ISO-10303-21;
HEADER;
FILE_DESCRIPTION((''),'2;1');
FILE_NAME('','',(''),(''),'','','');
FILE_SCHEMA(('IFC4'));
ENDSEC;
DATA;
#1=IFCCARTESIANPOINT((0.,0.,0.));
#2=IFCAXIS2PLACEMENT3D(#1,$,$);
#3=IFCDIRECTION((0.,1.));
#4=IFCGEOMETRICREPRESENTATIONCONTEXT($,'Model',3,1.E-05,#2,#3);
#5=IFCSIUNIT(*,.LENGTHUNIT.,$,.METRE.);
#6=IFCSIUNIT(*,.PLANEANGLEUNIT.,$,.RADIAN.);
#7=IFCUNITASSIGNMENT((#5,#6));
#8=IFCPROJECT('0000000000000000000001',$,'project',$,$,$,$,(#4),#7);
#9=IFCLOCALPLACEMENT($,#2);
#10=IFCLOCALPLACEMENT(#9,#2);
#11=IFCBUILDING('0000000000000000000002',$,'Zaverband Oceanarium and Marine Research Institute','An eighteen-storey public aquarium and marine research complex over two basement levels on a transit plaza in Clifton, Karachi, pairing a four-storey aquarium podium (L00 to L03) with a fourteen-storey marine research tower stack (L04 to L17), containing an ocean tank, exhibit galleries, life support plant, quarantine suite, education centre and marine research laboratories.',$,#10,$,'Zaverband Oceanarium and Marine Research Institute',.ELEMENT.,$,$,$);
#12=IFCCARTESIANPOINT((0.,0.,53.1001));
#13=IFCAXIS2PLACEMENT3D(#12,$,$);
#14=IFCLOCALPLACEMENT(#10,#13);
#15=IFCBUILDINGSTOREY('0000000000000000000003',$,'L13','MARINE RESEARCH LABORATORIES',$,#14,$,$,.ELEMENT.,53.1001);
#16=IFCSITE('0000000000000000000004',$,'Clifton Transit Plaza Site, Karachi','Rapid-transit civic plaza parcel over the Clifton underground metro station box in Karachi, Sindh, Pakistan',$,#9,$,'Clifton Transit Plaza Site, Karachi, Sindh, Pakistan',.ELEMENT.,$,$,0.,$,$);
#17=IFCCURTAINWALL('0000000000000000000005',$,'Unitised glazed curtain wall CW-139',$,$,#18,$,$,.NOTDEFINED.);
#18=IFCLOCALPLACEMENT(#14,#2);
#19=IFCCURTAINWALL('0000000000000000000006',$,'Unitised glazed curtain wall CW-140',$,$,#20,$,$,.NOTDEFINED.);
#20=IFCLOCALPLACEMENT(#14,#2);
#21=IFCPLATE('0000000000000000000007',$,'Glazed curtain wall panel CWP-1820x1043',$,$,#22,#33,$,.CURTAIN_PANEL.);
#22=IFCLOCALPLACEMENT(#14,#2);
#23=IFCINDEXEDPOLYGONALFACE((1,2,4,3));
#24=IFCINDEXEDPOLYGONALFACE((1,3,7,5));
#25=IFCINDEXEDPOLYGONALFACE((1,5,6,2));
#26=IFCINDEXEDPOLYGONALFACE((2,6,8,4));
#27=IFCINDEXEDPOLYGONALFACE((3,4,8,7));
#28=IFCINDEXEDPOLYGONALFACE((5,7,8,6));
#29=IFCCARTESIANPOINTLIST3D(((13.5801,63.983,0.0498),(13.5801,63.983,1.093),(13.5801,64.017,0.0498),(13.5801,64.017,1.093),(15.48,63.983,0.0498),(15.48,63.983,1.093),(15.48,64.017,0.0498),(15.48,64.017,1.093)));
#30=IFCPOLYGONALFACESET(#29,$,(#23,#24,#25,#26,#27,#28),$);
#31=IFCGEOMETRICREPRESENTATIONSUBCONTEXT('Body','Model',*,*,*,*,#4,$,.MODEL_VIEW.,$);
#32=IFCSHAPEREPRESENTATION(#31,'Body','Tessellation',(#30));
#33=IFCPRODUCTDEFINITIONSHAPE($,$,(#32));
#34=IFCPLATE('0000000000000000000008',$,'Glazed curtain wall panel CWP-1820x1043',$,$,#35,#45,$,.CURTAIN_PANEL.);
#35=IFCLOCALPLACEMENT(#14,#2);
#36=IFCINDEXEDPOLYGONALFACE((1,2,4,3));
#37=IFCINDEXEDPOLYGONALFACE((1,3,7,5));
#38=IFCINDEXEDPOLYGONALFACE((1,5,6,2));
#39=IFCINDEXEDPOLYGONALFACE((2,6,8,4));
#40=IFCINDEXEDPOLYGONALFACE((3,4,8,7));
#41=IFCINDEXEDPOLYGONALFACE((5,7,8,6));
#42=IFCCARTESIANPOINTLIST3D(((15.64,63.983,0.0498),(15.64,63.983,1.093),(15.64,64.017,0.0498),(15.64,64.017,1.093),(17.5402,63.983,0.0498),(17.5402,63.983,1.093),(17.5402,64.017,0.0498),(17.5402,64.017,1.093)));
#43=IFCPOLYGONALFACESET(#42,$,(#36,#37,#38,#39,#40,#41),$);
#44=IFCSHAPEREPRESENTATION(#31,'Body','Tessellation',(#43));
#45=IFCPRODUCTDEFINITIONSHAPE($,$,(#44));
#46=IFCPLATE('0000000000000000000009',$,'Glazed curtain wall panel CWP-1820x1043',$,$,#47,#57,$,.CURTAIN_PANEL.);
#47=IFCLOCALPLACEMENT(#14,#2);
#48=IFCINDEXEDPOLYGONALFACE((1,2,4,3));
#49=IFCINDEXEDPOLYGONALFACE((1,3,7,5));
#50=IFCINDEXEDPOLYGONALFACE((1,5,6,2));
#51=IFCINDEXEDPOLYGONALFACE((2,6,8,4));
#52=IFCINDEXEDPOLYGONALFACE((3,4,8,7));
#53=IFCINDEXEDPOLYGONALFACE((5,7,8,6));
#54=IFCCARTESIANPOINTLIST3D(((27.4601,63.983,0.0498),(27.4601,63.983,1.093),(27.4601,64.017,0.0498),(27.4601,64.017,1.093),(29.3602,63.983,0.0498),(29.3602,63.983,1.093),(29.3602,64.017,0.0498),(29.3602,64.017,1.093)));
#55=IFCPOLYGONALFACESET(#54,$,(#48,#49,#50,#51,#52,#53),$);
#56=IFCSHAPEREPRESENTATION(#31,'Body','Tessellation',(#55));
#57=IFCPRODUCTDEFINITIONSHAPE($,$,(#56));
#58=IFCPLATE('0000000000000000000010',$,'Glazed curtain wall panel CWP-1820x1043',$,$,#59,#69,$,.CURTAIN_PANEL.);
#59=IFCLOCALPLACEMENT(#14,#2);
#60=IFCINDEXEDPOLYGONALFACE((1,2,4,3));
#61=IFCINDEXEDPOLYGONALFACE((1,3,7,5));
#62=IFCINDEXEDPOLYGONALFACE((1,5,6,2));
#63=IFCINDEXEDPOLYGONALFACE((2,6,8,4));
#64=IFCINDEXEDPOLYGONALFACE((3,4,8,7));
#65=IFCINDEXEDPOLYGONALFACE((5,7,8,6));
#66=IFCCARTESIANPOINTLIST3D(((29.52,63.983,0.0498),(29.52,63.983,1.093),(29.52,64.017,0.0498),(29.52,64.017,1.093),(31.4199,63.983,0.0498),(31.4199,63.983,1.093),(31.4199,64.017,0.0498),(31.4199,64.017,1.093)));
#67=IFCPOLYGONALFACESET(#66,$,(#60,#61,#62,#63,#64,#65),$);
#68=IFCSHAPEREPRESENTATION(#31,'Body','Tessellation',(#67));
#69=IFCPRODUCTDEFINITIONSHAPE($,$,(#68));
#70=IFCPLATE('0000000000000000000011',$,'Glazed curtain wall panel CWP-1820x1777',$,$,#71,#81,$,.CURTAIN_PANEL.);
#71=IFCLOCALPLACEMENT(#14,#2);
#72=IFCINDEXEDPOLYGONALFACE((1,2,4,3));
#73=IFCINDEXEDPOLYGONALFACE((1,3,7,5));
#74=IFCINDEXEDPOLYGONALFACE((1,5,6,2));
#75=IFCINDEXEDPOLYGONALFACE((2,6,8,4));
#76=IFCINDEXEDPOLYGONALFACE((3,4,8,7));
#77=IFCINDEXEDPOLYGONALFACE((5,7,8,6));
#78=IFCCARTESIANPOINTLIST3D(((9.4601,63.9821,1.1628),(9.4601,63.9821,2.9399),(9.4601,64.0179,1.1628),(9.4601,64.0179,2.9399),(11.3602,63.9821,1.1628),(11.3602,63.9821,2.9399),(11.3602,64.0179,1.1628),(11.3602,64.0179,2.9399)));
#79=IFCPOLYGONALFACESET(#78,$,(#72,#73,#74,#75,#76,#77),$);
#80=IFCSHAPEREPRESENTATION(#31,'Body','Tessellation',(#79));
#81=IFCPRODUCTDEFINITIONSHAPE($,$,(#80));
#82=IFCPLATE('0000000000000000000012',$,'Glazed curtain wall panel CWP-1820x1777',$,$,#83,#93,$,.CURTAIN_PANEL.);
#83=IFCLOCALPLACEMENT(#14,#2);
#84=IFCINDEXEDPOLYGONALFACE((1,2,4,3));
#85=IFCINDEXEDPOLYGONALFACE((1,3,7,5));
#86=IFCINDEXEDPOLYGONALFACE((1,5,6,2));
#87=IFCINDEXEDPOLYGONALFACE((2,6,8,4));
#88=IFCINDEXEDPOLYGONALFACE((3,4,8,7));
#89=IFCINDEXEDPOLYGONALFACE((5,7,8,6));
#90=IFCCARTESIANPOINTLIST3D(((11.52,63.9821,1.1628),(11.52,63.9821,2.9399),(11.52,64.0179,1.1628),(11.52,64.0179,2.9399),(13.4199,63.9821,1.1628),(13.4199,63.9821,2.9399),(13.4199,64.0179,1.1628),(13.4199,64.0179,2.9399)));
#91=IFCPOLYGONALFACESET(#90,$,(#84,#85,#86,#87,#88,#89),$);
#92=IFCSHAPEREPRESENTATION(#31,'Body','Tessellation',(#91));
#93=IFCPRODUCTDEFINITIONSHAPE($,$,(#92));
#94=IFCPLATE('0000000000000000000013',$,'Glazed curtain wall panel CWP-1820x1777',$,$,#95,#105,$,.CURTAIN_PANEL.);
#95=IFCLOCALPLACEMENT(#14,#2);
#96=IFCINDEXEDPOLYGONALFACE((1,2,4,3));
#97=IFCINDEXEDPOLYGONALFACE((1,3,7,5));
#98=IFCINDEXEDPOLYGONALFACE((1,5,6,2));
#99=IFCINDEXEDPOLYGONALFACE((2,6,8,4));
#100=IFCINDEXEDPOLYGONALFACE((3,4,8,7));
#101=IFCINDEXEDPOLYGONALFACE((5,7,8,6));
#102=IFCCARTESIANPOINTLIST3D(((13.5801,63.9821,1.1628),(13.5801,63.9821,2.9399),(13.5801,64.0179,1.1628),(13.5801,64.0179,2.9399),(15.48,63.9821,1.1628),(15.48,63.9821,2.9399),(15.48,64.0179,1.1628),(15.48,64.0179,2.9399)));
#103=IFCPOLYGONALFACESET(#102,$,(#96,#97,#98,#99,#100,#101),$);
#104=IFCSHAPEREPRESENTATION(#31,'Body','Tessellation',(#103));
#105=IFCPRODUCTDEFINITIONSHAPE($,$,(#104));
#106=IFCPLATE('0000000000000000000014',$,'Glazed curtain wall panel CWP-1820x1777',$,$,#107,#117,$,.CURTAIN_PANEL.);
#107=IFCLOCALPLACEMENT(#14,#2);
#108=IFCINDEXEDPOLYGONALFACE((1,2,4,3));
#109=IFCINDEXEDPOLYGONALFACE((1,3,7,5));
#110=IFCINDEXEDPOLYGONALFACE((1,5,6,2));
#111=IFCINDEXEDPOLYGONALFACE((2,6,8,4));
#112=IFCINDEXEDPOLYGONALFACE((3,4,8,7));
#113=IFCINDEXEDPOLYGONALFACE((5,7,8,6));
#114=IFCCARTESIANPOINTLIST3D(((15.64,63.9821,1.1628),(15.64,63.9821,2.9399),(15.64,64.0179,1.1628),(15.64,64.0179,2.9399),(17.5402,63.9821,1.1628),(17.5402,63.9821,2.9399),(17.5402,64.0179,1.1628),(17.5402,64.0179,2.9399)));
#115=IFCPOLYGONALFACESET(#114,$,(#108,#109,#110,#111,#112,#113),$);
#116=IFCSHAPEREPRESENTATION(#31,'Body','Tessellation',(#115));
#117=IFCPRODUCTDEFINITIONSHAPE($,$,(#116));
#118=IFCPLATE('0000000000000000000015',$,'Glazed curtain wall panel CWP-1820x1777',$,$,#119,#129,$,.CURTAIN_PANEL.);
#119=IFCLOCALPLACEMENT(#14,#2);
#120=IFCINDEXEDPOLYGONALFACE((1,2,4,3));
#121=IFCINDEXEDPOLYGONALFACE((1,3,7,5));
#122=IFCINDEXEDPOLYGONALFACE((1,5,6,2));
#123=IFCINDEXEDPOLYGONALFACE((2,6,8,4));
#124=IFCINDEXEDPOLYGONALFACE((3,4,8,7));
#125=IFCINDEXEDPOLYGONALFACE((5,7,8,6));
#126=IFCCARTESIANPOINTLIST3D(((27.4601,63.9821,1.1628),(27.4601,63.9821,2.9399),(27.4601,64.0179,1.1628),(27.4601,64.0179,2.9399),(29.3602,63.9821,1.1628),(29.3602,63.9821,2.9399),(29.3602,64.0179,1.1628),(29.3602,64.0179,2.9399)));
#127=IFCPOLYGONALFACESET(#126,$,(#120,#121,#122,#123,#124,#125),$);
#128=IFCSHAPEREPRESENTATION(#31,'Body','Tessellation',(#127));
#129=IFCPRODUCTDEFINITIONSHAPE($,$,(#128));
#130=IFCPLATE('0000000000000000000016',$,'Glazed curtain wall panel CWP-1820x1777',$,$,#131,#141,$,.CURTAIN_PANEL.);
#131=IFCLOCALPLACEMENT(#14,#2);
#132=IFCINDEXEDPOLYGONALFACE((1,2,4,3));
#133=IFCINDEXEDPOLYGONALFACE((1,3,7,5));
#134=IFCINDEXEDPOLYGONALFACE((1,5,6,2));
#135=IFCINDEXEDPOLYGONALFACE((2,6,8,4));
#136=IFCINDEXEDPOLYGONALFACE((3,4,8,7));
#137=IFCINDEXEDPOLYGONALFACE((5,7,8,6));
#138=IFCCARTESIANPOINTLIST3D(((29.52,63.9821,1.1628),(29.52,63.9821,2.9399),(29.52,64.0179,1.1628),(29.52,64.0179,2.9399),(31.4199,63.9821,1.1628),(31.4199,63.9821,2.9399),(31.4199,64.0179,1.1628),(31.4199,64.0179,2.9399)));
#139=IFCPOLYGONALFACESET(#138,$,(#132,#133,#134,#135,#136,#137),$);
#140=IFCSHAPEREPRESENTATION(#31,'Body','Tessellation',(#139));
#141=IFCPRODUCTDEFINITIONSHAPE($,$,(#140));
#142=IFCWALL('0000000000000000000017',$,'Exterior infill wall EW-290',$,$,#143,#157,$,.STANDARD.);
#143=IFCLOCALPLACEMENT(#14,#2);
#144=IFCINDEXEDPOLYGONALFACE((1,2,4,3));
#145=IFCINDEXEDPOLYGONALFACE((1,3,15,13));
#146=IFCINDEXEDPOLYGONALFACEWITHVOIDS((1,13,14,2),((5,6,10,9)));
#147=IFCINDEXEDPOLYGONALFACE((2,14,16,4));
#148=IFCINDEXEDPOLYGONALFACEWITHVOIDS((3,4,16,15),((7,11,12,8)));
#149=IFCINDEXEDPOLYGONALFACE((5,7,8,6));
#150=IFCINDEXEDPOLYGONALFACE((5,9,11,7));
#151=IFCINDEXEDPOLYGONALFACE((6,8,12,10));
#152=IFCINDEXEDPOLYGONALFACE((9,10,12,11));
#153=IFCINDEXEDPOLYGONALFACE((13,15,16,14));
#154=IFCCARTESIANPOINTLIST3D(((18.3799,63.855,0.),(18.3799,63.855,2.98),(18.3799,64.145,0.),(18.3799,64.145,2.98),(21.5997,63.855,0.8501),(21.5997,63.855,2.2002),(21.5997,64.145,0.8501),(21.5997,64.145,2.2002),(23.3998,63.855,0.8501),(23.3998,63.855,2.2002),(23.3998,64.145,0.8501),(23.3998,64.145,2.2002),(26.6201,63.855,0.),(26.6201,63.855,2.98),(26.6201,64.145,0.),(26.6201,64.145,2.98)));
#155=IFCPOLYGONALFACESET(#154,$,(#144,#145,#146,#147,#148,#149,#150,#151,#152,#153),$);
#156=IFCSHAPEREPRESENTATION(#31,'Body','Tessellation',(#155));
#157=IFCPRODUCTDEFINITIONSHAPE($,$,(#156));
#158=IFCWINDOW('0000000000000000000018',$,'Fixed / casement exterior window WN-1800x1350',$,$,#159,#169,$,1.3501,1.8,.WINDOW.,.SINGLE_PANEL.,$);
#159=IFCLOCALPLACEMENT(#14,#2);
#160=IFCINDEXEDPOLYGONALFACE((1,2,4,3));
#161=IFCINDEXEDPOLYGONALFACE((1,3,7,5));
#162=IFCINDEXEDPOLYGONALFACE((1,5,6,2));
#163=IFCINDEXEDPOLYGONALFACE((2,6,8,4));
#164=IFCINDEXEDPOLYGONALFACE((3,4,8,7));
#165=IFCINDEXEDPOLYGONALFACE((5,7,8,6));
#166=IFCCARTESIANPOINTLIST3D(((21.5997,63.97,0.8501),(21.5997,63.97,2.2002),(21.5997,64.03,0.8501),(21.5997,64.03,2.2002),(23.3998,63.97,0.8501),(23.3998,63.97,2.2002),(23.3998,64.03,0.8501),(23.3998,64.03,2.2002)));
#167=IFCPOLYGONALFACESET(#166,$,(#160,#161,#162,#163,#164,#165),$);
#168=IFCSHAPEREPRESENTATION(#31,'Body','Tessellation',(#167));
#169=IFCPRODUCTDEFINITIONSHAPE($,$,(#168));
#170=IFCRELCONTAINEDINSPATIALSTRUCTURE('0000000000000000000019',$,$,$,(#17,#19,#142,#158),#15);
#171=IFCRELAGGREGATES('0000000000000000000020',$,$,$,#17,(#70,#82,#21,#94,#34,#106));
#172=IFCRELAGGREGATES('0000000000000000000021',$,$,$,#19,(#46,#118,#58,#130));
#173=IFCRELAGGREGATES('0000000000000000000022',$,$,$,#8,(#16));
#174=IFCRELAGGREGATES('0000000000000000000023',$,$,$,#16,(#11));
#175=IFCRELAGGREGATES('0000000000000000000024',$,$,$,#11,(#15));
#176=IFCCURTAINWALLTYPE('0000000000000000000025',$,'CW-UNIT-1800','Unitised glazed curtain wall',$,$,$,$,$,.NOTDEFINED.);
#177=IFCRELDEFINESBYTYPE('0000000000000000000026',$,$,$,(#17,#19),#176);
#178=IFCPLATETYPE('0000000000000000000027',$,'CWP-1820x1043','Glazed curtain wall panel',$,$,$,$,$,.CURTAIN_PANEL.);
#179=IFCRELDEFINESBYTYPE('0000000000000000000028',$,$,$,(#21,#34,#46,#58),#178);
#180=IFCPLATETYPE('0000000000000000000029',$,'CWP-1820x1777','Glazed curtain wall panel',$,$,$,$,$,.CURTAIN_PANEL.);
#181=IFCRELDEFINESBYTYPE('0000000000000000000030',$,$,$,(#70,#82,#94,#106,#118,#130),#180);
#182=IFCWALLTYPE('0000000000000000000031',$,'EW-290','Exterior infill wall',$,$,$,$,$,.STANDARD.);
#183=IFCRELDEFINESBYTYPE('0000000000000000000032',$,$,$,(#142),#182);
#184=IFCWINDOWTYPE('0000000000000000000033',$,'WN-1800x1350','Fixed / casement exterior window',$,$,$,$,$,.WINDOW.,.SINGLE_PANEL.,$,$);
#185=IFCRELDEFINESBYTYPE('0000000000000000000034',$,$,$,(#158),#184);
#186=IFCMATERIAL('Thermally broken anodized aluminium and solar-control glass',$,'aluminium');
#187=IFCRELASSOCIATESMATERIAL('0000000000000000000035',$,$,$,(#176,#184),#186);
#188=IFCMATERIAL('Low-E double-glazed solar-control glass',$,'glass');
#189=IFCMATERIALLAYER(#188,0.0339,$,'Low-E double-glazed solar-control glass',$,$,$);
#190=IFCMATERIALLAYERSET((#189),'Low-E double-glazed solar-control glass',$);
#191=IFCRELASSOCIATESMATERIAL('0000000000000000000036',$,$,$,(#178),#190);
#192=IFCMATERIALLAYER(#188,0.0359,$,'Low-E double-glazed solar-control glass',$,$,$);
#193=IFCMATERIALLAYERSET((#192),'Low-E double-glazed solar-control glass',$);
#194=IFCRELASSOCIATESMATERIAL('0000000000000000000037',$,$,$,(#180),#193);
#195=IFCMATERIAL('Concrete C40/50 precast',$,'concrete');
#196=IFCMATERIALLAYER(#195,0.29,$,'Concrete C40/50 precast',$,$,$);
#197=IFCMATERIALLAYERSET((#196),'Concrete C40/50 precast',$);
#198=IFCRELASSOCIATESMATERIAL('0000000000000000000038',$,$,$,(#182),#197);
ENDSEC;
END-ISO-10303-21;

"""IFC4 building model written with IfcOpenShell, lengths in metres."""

from ifc_helpers import new_model, si_unit, direction, frame, frame_2d, origin, place, context, subcontext, project, spatial, rectangle, extrude, material, layer, layer_set, type_object, element, fill, aggregate, save


model = new_model("IFC4")

# Units and contexts
model_context = context("Model", 3, precision=1e-05, world=origin(), true_north=direction((0.0, 1.0)))
body_context = subcontext(model_context, "Body", "Model", "MODEL_VIEW")
ifc_project = project(units=[si_unit("LENGTHUNIT", "METRE"), si_unit("PLANEANGLEUNIT", "RADIAN")], contexts=[model_context])

# Site, building, storey
site_placement = place(None, origin())
site = spatial("IfcSite", under=ifc_project, at=site_placement, Name="Clifton Transit Plaza Site, Karachi", Description="Rapid-transit civic plaza parcel over the Clifton underground metro station box in Karachi, Sindh, Pakistan", LongName="Clifton Transit Plaza Site, Karachi, Sindh, Pakistan", CompositionType="ELEMENT", RefElevation=0.0)
building_placement = place(site_placement, origin())
building = spatial("IfcBuilding", under=site, at=building_placement, Name="Zaverband Oceanarium and Marine Research Institute", Description="An eighteen-storey public aquarium and marine research complex over two basement levels on a transit plaza in Clifton, Karachi, pairing a four-storey aquarium podium (L00 to L03) with a fourteen-storey marine research tower stack (L04 to L17), containing an ocean tank, exhibit galleries, life support plant, quarantine suite, education centre and marine research laboratories.", LongName="Zaverband Oceanarium and Marine Research Institute", CompositionType="ELEMENT")
storey_placement = place(building_placement, frame((0.0, 0.0, 53.1001)))
storey = spatial("IfcBuildingStorey", under=building, at=storey_placement, Name="L13", Description="MARINE RESEARCH LABORATORIES", CompositionType="ELEMENT", Elevation=53.1001)

# Curtain wall
ifc_material_1 = material(Name="Thermally broken anodized aluminium and solar-control glass", Category="aluminium")
curtain_wall_type = type_object("IfcCurtainWallType", Name="CW-UNIT-1800", Description="Unitised glazed curtain wall", PredefinedType="NOTDEFINED", material=ifc_material_1)
curtain_wall_1_placement = place(storey_placement, origin())
curtain_wall_1 = element("IfcCurtainWall", 1, at=curtain_wall_1_placement, inside=storey, type_object=curtain_wall_type, Name="Unitised glazed curtain wall CW-139", PredefinedType="NOTDEFINED")

# Curtain wall
curtain_wall_2_placement = place(storey_placement, origin())
curtain_wall_2 = element("IfcCurtainWall", 2, at=curtain_wall_2_placement, inside=storey, type_object=curtain_wall_type, Name="Unitised glazed curtain wall CW-140", PredefinedType="NOTDEFINED")

# Plates
ifc_material_2 = material(Name="Low-E double-glazed solar-control glass", Category="glass")
ifc_layer_1 = layer(ifc_material_2, 0.0339, Name="Low-E double-glazed solar-control glass")
ifc_layer_set_1 = layer_set([ifc_layer_1], Name="Low-E double-glazed solar-control glass")
plate_type_1 = type_object("IfcPlateType", Name="CWP-1820x1043", Description="Glazed curtain wall panel", PredefinedType="CURTAIN_PANEL", material=ifc_layer_set_1)
plate_1_placement = place(storey_placement, frame((13.5801, 64.0, 0.0498), z_axis=(0.0, 0.0, 1.0), x_axis=(1.0, 0.0, 0.0)))
plate_1 = element("IfcPlate", 3, at=plate_1_placement, type_object=plate_type_1, Name="Glazed curtain wall panel CWP-1820x1043", PredefinedType="CURTAIN_PANEL", context=body_context, shape_type="SweptSolid", body=[
    extrude(rectangle(XDim=1.8999, YDim=0.0339, at=frame_2d((0.95, 0.0))), origin(), (0.0, 0.0, 1.0), 1.0432),
])
plate_2_placement = place(storey_placement, frame((15.6399, 64.0, 0.0498), z_axis=(0.0, 0.0, 1.0), x_axis=(1.0, 0.0, 0.0)))
plate_2 = element("IfcPlate", 4, at=plate_2_placement, type_object=plate_type_1, Name="Glazed curtain wall panel CWP-1820x1043", PredefinedType="CURTAIN_PANEL", context=body_context, shape_type="SweptSolid", body=[
    extrude(rectangle(XDim=1.9001, YDim=0.0339, at=frame_2d((0.9502, 0.0))), origin(), (0.0, 0.0, 1.0), 1.0432),
])
plate_3_placement = place(storey_placement, frame((27.46, 64.0, 0.0498), z_axis=(0.0, 0.0, 1.0), x_axis=(1.0, 0.0, 0.0)))
plate_3 = element("IfcPlate", 5, at=plate_3_placement, type_object=plate_type_1, Name="Glazed curtain wall panel CWP-1820x1043", PredefinedType="CURTAIN_PANEL", context=body_context, shape_type="SweptSolid", body=[
    extrude(rectangle(XDim=1.9001, YDim=0.0339, at=frame_2d((0.9502, 0.0))), origin(), (0.0, 0.0, 1.0), 1.0432),
])
plate_4_placement = place(storey_placement, frame((29.52, 64.0, 0.0498), z_axis=(0.0, 0.0, 1.0), x_axis=(1.0, 0.0, 0.0)))
plate_4 = element("IfcPlate", 6, at=plate_4_placement, type_object=plate_type_1, Name="Glazed curtain wall panel CWP-1820x1043", PredefinedType="CURTAIN_PANEL", context=body_context, shape_type="SweptSolid", body=[
    extrude(rectangle(XDim=1.8999, YDim=0.0339, at=frame_2d((0.95, 0.0))), origin(), (0.0, 0.0, 1.0), 1.0432),
])
ifc_layer_2 = layer(ifc_material_2, 0.0359, Name="Low-E double-glazed solar-control glass")
ifc_layer_set_2 = layer_set([ifc_layer_2], Name="Low-E double-glazed solar-control glass")
plate_type_2 = type_object("IfcPlateType", Name="CWP-1820x1777", Description="Glazed curtain wall panel", PredefinedType="CURTAIN_PANEL", material=ifc_layer_set_2)
plate_5_placement = place(storey_placement, frame((9.46, 64.0, 1.1628), z_axis=(0.0, 0.0, 1.0), x_axis=(1.0, 0.0, 0.0)))
plate_5 = element("IfcPlate", 7, at=plate_5_placement, type_object=plate_type_2, Name="Glazed curtain wall panel CWP-1820x1777", PredefinedType="CURTAIN_PANEL", context=body_context, shape_type="SweptSolid", body=[
    extrude(rectangle(XDim=1.9001, YDim=0.0359, at=frame_2d((0.9502, 0.0))), origin(), (0.0, 0.0, 1.0), 1.7771),
])
plate_6_placement = place(storey_placement, frame((11.52, 64.0, 1.1628), z_axis=(0.0, 0.0, 1.0), x_axis=(1.0, 0.0, 0.0)))
plate_6 = element("IfcPlate", 8, at=plate_6_placement, type_object=plate_type_2, Name="Glazed curtain wall panel CWP-1820x1777", PredefinedType="CURTAIN_PANEL", context=body_context, shape_type="SweptSolid", body=[
    extrude(rectangle(XDim=1.8999, YDim=0.0359, at=frame_2d((0.95, 0.0))), origin(), (0.0, 0.0, 1.0), 1.7771),
])
plate_7_placement = place(storey_placement, frame((13.5801, 64.0, 1.1628), z_axis=(0.0, 0.0, 1.0), x_axis=(1.0, 0.0, 0.0)))
plate_7 = element("IfcPlate", 9, at=plate_7_placement, type_object=plate_type_2, Name="Glazed curtain wall panel CWP-1820x1777", PredefinedType="CURTAIN_PANEL", context=body_context, shape_type="SweptSolid", body=[
    extrude(rectangle(XDim=1.8999, YDim=0.0359, at=frame_2d((0.95, 0.0))), origin(), (0.0, 0.0, 1.0), 1.7771),
])
plate_8_placement = place(storey_placement, frame((15.6399, 64.0, 1.1628), z_axis=(0.0, 0.0, 1.0), x_axis=(1.0, 0.0, 0.0)))
plate_8 = element("IfcPlate", 10, at=plate_8_placement, type_object=plate_type_2, Name="Glazed curtain wall panel CWP-1820x1777", PredefinedType="CURTAIN_PANEL", context=body_context, shape_type="SweptSolid", body=[
    extrude(rectangle(XDim=1.9001, YDim=0.0359, at=frame_2d((0.9502, 0.0))), origin(), (0.0, 0.0, 1.0), 1.7771),
])
aggregate(curtain_wall_1, [plate_5, plate_6, plate_1, plate_7, plate_2, plate_8])
plate_9_placement = place(storey_placement, frame((27.46, 64.0, 1.1628), z_axis=(0.0, 0.0, 1.0), x_axis=(1.0, 0.0, 0.0)))
plate_9 = element("IfcPlate", 11, at=plate_9_placement, type_object=plate_type_2, Name="Glazed curtain wall panel CWP-1820x1777", PredefinedType="CURTAIN_PANEL", context=body_context, shape_type="SweptSolid", body=[
    extrude(rectangle(XDim=1.9001, YDim=0.0359, at=frame_2d((0.9502, 0.0))), origin(), (0.0, 0.0, 1.0), 1.7771),
])
plate_10_placement = place(storey_placement, frame((29.52, 64.0, 1.1628), z_axis=(0.0, 0.0, 1.0), x_axis=(1.0, 0.0, 0.0)))
plate_10 = element("IfcPlate", 12, at=plate_10_placement, type_object=plate_type_2, Name="Glazed curtain wall panel CWP-1820x1777", PredefinedType="CURTAIN_PANEL", context=body_context, shape_type="SweptSolid", body=[
    extrude(rectangle(XDim=1.8999, YDim=0.0359, at=frame_2d((0.95, 0.0))), origin(), (0.0, 0.0, 1.0), 1.7771),
])
aggregate(curtain_wall_2, [plate_3, plate_9, plate_4, plate_10])

# Wall, opening, window
ifc_material_3 = material(Name="Concrete C40/50 precast", Category="concrete")
ifc_layer_3 = layer(ifc_material_3, 0.29, Name="Concrete C40/50 precast")
ifc_layer_set_3 = layer_set([ifc_layer_3], Name="Concrete C40/50 precast")
wall_type = type_object("IfcWallType", Name="EW-290", Description="Exterior infill wall", PredefinedType="STANDARD", material=ifc_layer_set_3)
wall_placement = place(storey_placement, frame((18.3799, 64.0, 0.0), z_axis=(0.0, 0.0, 1.0), x_axis=(1.0, 0.0, 0.0)))
wall = element("IfcWall", 13, at=wall_placement, inside=storey, type_object=wall_type, Name="Exterior infill wall EW-290", PredefinedType="STANDARD", context=body_context, shape_type="SweptSolid", body=[
    extrude(rectangle(XDim=8.2402, YDim=0.29, at=frame_2d((4.1201, 0.0))), origin(), (0.0, 0.0, 1.0), 2.98),
])
opening_placement = place(wall_placement, frame((3.22, 0.0, 0.8501)))
opening = element("IfcOpeningElement", 14, at=opening_placement, cuts=wall, PredefinedType="OPENING", context=body_context, shape_type="SweptSolid", body=[
    extrude(rectangle(XDim=1.8, YDim=1.3501, at=frame_2d((0.8999, 0.675))), frame((0.0, 0.157, 0.0), z_axis=(0.0, -1.0, 0.0), x_axis=(1.0, 0.0, 0.0)), (0.0, 0.0, 1.0), 0.314),
])
window_type = type_object("IfcWindowType", Name="WN-1800x1350", Description="Fixed / casement exterior window", PartitioningType="SINGLE_PANEL", PredefinedType="WINDOW", material=ifc_material_1)
window_placement = place(opening_placement, origin())
window = element("IfcWindow", 15, at=window_placement, inside=storey, type_object=window_type, Name="Fixed / casement exterior window WN-1800x1350", OverallHeight=1.3501, OverallWidth=1.8, PartitioningType="SINGLE_PANEL", PredefinedType="WINDOW", context=body_context, shape_type="SweptSolid", body=[
    extrude(rectangle(XDim=1.8, YDim=1.3501, at=frame_2d((0.8999, 0.675))), frame((0.0, 0.03, 0.0), z_axis=(0.0, -1.0, 0.0), x_axis=(1.0, 0.0, 0.0)), (0.0, 0.0, 1.0), 0.0601),
])
fill(opening, window)

save(model, "model.ifc")
